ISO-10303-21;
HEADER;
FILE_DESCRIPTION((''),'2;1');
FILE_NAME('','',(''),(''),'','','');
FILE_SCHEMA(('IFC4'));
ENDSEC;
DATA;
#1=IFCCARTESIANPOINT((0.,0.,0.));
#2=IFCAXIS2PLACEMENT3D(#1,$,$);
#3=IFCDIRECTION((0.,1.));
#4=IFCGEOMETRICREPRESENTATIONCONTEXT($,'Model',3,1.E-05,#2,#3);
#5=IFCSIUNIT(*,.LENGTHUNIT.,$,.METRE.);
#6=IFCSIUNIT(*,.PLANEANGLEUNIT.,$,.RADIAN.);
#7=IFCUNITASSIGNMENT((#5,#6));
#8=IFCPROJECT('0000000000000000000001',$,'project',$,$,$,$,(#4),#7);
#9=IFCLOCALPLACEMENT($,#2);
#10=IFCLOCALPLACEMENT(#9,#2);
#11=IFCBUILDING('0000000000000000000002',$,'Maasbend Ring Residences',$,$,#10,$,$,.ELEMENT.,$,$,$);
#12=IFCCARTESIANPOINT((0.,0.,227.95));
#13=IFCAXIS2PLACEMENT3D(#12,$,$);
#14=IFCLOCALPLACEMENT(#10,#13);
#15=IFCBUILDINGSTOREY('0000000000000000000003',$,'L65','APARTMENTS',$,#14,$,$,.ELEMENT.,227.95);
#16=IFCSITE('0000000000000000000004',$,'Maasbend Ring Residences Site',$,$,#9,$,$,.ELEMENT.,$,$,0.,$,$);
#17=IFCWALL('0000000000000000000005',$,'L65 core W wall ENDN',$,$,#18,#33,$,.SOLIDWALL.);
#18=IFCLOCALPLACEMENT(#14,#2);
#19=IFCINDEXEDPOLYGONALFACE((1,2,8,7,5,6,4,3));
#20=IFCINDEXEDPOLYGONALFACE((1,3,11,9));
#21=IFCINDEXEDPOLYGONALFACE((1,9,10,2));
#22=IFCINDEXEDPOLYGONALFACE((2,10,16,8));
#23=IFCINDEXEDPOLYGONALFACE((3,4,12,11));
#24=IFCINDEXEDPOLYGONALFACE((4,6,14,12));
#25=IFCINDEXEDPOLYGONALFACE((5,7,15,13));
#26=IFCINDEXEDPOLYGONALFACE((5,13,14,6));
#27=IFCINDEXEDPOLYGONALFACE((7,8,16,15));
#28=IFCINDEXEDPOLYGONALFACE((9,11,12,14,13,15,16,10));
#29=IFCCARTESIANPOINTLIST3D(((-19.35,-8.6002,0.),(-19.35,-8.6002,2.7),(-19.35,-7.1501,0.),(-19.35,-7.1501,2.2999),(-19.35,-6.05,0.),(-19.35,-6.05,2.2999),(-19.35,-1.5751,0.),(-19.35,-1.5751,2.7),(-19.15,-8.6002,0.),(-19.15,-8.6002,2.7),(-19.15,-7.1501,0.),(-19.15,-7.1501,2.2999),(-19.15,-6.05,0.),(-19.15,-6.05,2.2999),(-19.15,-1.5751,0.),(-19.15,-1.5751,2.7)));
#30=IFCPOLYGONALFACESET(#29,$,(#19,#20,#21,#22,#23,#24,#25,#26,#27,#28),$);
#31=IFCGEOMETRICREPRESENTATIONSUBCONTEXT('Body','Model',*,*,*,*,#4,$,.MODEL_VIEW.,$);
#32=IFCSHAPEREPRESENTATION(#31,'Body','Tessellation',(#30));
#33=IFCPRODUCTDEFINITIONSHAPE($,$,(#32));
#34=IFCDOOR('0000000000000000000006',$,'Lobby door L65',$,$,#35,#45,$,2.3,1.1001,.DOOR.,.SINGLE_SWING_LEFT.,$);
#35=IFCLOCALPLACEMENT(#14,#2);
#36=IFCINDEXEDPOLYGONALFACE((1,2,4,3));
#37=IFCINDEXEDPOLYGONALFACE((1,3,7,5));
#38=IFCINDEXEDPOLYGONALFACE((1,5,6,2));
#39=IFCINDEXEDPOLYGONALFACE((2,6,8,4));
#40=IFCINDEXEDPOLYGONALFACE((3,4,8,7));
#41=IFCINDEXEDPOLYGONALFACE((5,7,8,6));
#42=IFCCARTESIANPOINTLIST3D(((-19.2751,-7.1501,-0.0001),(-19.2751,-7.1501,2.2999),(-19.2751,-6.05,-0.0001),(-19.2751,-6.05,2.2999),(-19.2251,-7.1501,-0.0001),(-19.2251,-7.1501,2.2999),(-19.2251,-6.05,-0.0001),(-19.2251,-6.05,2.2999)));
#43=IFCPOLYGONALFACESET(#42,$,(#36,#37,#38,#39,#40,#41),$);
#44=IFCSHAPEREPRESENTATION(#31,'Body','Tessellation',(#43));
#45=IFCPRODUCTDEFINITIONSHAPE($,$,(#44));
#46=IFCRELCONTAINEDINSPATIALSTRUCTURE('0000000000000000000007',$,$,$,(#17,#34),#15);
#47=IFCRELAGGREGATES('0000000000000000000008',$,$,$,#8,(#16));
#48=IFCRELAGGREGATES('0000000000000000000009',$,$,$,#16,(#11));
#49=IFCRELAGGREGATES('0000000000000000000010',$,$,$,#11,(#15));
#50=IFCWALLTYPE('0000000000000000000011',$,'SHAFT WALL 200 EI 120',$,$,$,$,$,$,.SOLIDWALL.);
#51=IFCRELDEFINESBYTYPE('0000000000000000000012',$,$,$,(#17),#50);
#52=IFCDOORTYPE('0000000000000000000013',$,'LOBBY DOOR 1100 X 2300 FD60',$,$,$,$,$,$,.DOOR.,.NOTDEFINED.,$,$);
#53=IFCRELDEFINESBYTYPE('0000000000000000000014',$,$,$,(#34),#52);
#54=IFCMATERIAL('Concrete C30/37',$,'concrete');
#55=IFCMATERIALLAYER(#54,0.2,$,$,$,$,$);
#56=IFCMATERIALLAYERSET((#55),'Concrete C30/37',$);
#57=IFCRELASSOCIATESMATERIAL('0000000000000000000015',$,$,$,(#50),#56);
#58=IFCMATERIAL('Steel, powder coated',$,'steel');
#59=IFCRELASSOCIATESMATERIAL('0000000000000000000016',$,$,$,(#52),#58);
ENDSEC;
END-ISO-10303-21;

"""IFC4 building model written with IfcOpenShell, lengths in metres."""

from ifc_helpers import new_model, si_unit, direction, frame, frame_2d, origin, place, context, subcontext, project, spatial, rectangle, extrude, material, layer, layer_set, type_object, element, fill, save


model = new_model("IFC4")

# Units and contexts
model_context = context("Model", 3, precision=1e-05, world=origin(), true_north=direction((0.0, 1.0)))
body_context = subcontext(model_context, "Body", "Model", "MODEL_VIEW")
ifc_project = project(units=[si_unit("LENGTHUNIT", "METRE"), si_unit("PLANEANGLEUNIT", "RADIAN")], contexts=[model_context])

# Site, building, storey
site_placement = place(None, origin())
site = spatial("IfcSite", under=ifc_project, at=site_placement, Name="Maasbend Ring Residences Site", CompositionType="ELEMENT", RefElevation=0.0)
building_placement = place(site_placement, origin())
building = spatial("IfcBuilding", under=site, at=building_placement, Name="Maasbend Ring Residences", CompositionType="ELEMENT")
storey_placement = place(building_placement, frame((0.0, 0.0, 227.95)))
storey = spatial("IfcBuildingStorey", under=building, at=storey_placement, Name="L65", Description="APARTMENTS", CompositionType="ELEMENT", Elevation=227.95)

# Wall, opening, door
ifc_material_1 = material(Name="Concrete C30/37", Category="concrete")
ifc_layer_1 = layer(ifc_material_1, 0.2)
ifc_layer_set_1 = layer_set([ifc_layer_1], Name="Concrete C30/37")
wall_type_1 = type_object("IfcWallType", Name="SHAFT WALL 200 EI 120", PredefinedType="SOLIDWALL", material=ifc_layer_set_1)
wall_1_placement = place(storey_placement, frame((-19.25, -1.575, 0.0), z_axis=(0.0, 0.0, 1.0), x_axis=(0.0, -1.0, 0.0)))
wall_1 = element("IfcWall", 1, at=wall_1_placement, inside=storey, type_object=wall_type_1, Name="L65 core W wall ENDN", PredefinedType="SOLIDWALL", context=body_context, shape_type="SweptSolid", body=[
    extrude(rectangle(XDim=7.0251, YDim=0.2, at=frame_2d((3.5127, 0.0))), origin(), (0.0, 0.0, 1.0), 2.7),
])
opening_1_placement = place(wall_1_placement, frame((4.4751, 0.0, 0.0)))
opening_1 = element("IfcOpeningElement", 2, at=opening_1_placement, cuts=wall_1, PredefinedType="OPENING", context=body_context, shape_type="SweptSolid", body=[
    extrude(rectangle(XDim=1.1001, YDim=2.3, at=frame_2d((0.55, 1.1499))), frame((0.0, 0.1099, 0.0), z_axis=(0.0, -1.0, 0.0), x_axis=(1.0, 0.0, 0.0)), (0.0, 0.0, 1.0), 0.22),
])
ifc_material_2 = material(Name="Steel, powder coated", Category="steel")
door_type_1 = type_object("IfcDoorType", Name="LOBBY DOOR 1100 X 2300 FD60", OperationType="NOTDEFINED", PredefinedType="DOOR", material=ifc_material_2)
door_1_placement = place(opening_1_placement, origin())
door_1 = element("IfcDoor", 3, at=door_1_placement, inside=storey, type_object=door_type_1, Name="Lobby door L65", OperationType="SINGLE_SWING_LEFT", OverallHeight=2.3, OverallWidth=1.1001, PredefinedType="DOOR", context=body_context, shape_type="SweptSolid", body=[
    extrude(rectangle(XDim=1.1001, YDim=2.3, at=frame_2d((0.55, 1.1499))), frame((0.0, 0.0249, 0.0), z_axis=(0.0, -1.0, 0.0), x_axis=(1.0, 0.0, 0.0)), (0.0, 0.0, 1.0), 0.05),
])
fill(opening_1, door_1)

save(model, "model.ifc")
